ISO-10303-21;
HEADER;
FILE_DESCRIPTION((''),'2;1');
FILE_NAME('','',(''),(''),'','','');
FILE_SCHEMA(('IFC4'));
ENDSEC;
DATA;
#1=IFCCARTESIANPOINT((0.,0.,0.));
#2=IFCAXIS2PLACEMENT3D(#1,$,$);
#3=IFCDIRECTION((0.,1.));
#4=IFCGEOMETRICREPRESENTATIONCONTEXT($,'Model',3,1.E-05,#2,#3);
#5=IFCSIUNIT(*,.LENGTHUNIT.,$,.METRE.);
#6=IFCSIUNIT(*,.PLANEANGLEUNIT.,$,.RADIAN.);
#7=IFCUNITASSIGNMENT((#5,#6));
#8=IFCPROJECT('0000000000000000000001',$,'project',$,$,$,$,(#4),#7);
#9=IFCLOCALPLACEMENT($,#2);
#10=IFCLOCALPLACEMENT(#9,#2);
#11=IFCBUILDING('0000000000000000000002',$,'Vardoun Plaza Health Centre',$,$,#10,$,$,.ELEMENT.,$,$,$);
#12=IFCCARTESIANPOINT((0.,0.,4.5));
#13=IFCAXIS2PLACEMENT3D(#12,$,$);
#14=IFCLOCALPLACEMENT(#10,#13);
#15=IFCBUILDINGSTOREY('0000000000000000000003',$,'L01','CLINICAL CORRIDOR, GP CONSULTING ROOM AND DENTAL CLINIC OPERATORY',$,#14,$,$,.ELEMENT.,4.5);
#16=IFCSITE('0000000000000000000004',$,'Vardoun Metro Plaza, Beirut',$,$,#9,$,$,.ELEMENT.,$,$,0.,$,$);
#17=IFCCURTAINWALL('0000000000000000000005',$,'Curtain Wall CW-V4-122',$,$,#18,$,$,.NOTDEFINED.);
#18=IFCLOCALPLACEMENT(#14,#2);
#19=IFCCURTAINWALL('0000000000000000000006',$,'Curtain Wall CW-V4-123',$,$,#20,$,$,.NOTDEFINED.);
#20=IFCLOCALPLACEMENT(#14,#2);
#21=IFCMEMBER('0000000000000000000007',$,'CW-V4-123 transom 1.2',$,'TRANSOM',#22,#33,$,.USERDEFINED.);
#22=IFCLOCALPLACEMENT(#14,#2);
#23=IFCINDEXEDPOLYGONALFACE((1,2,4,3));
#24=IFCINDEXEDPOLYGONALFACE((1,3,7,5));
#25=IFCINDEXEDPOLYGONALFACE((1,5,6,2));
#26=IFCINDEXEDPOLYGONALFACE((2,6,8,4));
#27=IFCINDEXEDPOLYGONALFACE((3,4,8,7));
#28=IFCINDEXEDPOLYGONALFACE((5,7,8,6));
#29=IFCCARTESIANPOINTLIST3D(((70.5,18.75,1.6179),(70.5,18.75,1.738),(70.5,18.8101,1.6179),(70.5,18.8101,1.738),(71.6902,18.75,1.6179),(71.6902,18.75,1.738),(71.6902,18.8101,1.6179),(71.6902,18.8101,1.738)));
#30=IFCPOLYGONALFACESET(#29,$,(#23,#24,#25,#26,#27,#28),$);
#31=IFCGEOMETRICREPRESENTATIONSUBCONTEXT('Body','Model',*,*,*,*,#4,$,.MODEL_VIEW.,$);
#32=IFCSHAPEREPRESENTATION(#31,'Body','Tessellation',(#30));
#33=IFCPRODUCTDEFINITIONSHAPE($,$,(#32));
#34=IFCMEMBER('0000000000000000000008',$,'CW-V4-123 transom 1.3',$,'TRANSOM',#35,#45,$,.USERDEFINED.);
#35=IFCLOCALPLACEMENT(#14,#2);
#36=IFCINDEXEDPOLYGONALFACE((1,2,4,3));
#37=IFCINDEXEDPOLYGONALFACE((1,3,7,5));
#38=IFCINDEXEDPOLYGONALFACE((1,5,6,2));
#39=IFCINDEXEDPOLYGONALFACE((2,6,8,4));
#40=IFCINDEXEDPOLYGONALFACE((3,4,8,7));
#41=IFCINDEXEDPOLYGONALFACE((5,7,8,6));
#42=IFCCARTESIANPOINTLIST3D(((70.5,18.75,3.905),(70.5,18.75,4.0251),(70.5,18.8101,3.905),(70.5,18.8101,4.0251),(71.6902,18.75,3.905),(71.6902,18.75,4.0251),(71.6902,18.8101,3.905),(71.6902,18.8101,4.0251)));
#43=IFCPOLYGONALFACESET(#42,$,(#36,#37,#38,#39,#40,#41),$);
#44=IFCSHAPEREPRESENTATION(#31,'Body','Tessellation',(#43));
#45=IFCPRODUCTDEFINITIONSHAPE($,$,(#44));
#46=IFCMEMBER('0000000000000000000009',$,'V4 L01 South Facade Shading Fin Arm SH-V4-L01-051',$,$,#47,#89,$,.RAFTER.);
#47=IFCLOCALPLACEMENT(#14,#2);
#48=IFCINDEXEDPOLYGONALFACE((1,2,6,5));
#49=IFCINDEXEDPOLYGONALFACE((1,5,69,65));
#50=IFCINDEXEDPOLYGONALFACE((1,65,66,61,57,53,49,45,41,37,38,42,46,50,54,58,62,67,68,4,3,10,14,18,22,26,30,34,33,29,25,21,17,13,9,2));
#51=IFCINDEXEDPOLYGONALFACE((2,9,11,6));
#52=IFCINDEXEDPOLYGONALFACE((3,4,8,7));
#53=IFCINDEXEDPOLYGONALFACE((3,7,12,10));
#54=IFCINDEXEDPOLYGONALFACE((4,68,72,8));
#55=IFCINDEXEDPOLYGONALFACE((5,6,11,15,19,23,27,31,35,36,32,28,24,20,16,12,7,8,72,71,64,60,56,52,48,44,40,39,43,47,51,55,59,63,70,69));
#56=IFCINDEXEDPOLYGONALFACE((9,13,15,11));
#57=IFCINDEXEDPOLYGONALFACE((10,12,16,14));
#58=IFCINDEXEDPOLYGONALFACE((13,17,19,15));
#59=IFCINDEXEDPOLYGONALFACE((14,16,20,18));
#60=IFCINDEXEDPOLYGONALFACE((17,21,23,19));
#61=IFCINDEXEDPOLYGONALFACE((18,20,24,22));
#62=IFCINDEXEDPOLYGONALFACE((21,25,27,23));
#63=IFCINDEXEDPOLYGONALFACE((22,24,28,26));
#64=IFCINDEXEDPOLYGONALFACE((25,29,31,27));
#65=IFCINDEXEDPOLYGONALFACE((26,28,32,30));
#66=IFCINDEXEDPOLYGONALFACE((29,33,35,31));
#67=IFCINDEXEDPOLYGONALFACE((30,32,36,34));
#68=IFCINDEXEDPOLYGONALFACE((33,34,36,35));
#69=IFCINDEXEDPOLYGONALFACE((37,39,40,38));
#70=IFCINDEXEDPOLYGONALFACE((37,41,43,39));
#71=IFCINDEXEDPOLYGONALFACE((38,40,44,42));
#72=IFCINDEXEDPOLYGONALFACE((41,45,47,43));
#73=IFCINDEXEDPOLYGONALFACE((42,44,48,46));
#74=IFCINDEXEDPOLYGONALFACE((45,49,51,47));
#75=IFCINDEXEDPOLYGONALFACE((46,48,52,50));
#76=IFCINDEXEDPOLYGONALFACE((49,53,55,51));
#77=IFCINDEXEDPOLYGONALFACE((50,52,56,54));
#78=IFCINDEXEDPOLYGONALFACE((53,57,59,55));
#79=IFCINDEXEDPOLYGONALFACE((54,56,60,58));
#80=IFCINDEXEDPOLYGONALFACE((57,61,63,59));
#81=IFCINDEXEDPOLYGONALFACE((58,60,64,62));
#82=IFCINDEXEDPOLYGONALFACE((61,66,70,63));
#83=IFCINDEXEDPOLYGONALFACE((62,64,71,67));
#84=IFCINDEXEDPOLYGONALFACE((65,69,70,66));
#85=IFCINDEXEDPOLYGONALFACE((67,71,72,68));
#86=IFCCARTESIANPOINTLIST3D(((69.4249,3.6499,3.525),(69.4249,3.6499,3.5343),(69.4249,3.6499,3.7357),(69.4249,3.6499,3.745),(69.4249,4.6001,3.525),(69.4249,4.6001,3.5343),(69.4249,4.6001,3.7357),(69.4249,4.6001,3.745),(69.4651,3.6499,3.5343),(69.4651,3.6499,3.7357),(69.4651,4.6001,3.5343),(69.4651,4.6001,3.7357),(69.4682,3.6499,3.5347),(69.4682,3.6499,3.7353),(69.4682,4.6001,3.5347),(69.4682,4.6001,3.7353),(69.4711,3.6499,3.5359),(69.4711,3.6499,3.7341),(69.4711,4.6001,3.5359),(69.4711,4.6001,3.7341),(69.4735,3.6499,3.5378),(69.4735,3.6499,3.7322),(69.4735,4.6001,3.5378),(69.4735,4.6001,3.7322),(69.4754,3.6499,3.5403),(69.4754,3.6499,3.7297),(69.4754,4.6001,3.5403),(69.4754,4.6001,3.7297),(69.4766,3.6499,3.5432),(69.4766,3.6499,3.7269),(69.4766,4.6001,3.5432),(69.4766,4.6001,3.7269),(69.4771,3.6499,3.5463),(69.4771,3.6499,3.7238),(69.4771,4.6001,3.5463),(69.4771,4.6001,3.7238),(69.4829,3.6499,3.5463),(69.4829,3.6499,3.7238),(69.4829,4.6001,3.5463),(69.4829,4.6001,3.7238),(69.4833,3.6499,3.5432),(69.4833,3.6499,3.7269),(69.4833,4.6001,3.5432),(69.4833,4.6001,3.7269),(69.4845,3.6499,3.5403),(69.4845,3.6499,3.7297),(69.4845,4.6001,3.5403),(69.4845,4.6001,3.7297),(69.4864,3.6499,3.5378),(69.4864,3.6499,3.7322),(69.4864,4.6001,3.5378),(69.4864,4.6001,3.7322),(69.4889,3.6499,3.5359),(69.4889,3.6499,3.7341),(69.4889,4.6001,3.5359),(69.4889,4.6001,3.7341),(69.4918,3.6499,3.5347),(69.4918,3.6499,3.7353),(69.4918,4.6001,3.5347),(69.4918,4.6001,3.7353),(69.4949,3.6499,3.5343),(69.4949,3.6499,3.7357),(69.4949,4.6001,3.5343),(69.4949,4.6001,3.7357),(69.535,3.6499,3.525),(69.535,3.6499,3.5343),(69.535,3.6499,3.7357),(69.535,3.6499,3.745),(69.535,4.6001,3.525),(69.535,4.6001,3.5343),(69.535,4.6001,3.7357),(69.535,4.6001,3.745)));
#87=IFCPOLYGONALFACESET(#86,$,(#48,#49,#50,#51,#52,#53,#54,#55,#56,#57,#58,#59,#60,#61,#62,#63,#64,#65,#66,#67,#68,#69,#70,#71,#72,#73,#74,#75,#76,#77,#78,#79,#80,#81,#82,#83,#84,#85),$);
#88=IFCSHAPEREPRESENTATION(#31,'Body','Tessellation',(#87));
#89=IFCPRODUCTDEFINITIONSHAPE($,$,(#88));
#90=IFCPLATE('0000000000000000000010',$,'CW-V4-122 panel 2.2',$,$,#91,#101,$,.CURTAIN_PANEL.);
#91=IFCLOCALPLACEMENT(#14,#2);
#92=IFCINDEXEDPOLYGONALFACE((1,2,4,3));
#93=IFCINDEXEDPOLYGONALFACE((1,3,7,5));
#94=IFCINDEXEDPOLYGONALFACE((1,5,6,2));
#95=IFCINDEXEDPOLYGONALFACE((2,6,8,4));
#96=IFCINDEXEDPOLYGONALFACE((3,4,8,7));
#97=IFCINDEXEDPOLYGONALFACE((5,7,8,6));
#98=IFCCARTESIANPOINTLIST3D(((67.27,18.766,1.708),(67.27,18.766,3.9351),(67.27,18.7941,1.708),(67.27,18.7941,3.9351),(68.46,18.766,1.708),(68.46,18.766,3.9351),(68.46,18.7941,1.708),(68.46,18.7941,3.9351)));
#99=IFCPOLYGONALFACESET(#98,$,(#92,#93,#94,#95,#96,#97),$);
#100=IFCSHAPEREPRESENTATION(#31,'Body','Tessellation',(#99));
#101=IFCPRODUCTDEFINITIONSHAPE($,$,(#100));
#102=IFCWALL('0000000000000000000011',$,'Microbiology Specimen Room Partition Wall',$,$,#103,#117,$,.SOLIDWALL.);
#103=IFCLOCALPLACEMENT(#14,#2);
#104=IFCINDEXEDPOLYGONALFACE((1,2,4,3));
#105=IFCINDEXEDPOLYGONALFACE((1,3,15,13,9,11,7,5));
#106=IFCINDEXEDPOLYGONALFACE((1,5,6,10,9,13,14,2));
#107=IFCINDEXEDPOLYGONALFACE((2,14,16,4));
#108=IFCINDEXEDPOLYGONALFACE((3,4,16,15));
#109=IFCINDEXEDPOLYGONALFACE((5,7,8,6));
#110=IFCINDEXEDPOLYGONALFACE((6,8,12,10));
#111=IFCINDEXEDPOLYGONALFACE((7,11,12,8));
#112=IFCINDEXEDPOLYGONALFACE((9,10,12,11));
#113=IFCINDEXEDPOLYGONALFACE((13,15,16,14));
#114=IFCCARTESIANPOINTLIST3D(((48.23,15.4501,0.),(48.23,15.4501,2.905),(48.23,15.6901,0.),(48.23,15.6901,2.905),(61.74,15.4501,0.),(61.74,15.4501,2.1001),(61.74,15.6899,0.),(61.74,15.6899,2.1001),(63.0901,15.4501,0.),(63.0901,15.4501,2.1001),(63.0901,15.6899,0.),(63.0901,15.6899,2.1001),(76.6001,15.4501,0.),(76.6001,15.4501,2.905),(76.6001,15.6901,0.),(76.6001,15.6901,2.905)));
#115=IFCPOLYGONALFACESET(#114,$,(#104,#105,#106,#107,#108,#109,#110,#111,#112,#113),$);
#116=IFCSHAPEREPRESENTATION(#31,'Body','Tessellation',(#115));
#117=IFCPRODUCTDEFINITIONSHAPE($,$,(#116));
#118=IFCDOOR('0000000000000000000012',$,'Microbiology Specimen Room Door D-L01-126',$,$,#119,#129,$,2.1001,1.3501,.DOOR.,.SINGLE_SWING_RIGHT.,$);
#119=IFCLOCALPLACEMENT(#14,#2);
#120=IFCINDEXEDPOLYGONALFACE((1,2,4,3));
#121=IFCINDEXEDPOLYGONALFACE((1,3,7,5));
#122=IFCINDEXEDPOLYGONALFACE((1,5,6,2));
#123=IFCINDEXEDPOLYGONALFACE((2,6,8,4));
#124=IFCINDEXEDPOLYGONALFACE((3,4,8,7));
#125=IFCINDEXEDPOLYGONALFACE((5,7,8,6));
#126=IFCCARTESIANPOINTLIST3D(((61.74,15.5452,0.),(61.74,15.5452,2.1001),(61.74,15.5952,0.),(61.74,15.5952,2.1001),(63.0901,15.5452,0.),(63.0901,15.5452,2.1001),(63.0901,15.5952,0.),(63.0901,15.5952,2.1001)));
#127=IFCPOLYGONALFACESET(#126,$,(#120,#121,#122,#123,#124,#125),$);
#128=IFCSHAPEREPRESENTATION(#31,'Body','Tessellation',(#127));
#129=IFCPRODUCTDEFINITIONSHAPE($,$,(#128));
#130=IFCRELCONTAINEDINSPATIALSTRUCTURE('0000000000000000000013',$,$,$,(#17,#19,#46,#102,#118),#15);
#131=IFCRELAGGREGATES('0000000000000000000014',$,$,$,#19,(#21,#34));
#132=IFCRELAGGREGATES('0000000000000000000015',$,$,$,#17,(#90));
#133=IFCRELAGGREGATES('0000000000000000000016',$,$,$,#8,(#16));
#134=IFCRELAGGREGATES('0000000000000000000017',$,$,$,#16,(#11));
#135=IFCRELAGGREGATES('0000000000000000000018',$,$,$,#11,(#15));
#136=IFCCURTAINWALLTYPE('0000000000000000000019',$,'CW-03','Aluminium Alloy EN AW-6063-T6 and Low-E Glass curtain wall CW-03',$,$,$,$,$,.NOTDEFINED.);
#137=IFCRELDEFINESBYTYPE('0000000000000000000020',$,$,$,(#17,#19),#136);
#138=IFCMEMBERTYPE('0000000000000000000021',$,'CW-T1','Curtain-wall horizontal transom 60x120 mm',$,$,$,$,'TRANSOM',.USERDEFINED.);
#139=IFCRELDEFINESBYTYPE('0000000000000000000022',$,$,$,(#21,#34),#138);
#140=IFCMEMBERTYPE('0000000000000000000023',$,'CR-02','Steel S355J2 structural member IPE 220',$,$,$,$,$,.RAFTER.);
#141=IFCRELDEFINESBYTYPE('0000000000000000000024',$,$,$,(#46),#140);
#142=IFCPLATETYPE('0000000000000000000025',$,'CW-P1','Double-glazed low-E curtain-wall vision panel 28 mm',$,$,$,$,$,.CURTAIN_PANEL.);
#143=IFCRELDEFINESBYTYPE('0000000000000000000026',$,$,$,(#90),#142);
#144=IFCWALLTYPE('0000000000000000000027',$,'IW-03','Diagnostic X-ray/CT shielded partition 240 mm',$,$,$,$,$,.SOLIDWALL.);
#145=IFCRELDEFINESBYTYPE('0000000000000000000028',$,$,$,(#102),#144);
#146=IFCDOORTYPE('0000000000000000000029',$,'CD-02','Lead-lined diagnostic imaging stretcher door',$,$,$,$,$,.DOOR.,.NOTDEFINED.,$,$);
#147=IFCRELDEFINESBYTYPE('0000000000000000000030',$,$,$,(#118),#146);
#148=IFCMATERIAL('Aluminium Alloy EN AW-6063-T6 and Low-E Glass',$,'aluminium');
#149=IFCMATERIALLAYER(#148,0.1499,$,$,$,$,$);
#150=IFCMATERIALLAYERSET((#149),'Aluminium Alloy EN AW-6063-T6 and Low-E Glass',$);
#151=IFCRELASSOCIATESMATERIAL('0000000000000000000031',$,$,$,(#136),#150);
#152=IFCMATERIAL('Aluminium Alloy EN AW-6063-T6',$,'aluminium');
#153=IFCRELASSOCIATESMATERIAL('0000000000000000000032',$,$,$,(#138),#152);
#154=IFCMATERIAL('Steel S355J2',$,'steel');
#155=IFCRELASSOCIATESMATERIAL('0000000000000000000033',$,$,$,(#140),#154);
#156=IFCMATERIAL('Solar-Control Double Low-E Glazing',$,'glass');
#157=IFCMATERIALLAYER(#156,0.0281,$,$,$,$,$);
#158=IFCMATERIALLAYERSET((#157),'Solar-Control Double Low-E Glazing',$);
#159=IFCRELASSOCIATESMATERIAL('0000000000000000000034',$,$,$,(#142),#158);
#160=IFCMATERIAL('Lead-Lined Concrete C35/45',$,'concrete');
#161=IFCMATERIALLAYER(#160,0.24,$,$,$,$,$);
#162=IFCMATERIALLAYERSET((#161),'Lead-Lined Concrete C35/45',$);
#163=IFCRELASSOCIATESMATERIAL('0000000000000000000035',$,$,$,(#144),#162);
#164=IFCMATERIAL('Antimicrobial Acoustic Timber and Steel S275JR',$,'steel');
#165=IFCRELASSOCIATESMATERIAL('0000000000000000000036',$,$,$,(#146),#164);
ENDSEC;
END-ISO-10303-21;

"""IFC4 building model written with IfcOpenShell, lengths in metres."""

from ifc_helpers import new_model, si_unit, direction, frame, frame_2d, origin, origin_2d, place, context, subcontext, project, spatial, rectangle, i_section, extrude, material, layer, layer_set, material_profile, profile_set, type_object, element, fill, aggregate, save


model = new_model("IFC4")

# Units and contexts
model_context = context("Model", 3, precision=1e-05, world=origin(), true_north=direction((0.0, 1.0)))
body_context = subcontext(model_context, "Body", "Model", "MODEL_VIEW")
ifc_project = project(units=[si_unit("LENGTHUNIT", "METRE"), si_unit("PLANEANGLEUNIT", "RADIAN")], contexts=[model_context])

# Site, building, storey
site_placement = place(None, origin())
site = spatial("IfcSite", under=ifc_project, at=site_placement, Name="Vardoun Metro Plaza, Beirut", CompositionType="ELEMENT", RefElevation=0.0)
building_placement = place(site_placement, origin())
building = spatial("IfcBuilding", under=site, at=building_placement, Name="Vardoun Plaza Health Centre", CompositionType="ELEMENT")
storey_placement = place(building_placement, frame((0.0, 0.0, 4.5)))
storey = spatial("IfcBuildingStorey", under=building, at=storey_placement, Name="L01", Description="CLINICAL CORRIDOR, GP CONSULTING ROOM AND DENTAL CLINIC OPERATORY", CompositionType="ELEMENT", Elevation=4.5)

# Curtain wall
ifc_material_1 = material(Name="Aluminium Alloy EN AW-6063-T6 and Low-E Glass", Category="aluminium")
ifc_layer_1 = layer(ifc_material_1, 0.1499)
ifc_layer_set_1 = layer_set([ifc_layer_1], Name="Aluminium Alloy EN AW-6063-T6 and Low-E Glass")
curtain_wall_type = type_object("IfcCurtainWallType", Name="CW-03", Description="Aluminium Alloy EN AW-6063-T6 and Low-E Glass curtain wall CW-03", PredefinedType="NOTDEFINED", material=ifc_layer_set_1)
curtain_wall_1_placement = place(storey_placement, origin())
curtain_wall_1 = element("IfcCurtainWall", 1, at=curtain_wall_1_placement, inside=storey, type_object=curtain_wall_type, Name="Curtain Wall CW-V4-122", PredefinedType="NOTDEFINED")

# Curtain wall, members
curtain_wall_2_placement = place(storey_placement, origin())
curtain_wall_2 = element("IfcCurtainWall", 2, at=curtain_wall_2_placement, inside=storey, type_object=curtain_wall_type, Name="Curtain Wall CW-V4-123", PredefinedType="NOTDEFINED")
ifc_material_2 = material(Name="Aluminium Alloy EN AW-6063-T6", Category="aluminium")
ifc_material_profile_1 = material_profile(ifc_material_2, rectangle(XDim=0.0601, YDim=0.1201, at=origin_2d()), Name="CWT 60x120")
ifc_profile_set_1 = profile_set([ifc_material_profile_1], Name="Aluminium Alloy EN AW-6063-T6")
member_type_1 = type_object("IfcMemberType", Name="CW-T1", Description="Curtain-wall horizontal transom 60x120 mm", ElementType="TRANSOM", PredefinedType="USERDEFINED", material=ifc_profile_set_1)
member_1_placement = place(storey_placement, frame((70.5, 18.78, 1.678), z_axis=(1.0, 0.0, 0.0), x_axis=(0.0, 1.0, 0.0)))
member_1 = element("IfcMember", 3, at=member_1_placement, type_object=member_type_1, Name="CW-V4-123 transom 1.2", ObjectType="TRANSOM", PredefinedType="USERDEFINED", context=body_context, shape_type="SweptSolid", body=[
    extrude(rectangle(XDim=0.0601, YDim=0.1201, at=origin_2d()), origin(), (0.0, 0.0, 1.0), 1.1902),
])
member_2_placement = place(storey_placement, frame((70.5, 18.78, 3.9651), z_axis=(1.0, 0.0, 0.0), x_axis=(0.0, 1.0, 0.0)))
member_2 = element("IfcMember", 4, at=member_2_placement, type_object=member_type_1, Name="CW-V4-123 transom 1.3", ObjectType="TRANSOM", PredefinedType="USERDEFINED", context=body_context, shape_type="SweptSolid", body=[
    extrude(rectangle(XDim=0.0601, YDim=0.1201, at=origin_2d()), origin(), (0.0, 0.0, 1.0), 1.1902),
])
aggregate(curtain_wall_2, [member_1, member_2])

# Member
ifc_material_3 = material(Name="Steel S355J2", Category="steel")
ifc_material_profile_2 = material_profile(ifc_material_3, i_section(OverallWidth=0.1101, OverallDepth=0.22, WebThickness=0.0059, FlangeThickness=0.0093, FilletRadius=0.012, at=origin_2d()), Name="IPE 220")
ifc_profile_set_2 = profile_set([ifc_material_profile_2], Name="Steel S355J2")
member_type_2 = type_object("IfcMemberType", Name="CR-02", Description="Steel S355J2 structural member IPE 220", PredefinedType="RAFTER", material=ifc_profile_set_2)
member_3_placement = place(storey_placement, frame((69.48, 4.6001, 3.635), z_axis=(0.0, -1.0, 0.0), x_axis=(1.0, 0.0, 0.0)))
element("IfcMember", 5, at=member_3_placement, inside=storey, type_object=member_type_2, Name="V4 L01 South Facade Shading Fin Arm SH-V4-L01-051", PredefinedType="RAFTER", context=body_context, shape_type="SweptSolid", body=[
    extrude(i_section(OverallWidth=0.1101, OverallDepth=0.22, WebThickness=0.0059, FlangeThickness=0.0093, FilletRadius=0.012, at=origin_2d()), origin(), (0.0, 0.0, 1.0), 0.9502),
])

# Plate
ifc_material_4 = material(Name="Solar-Control Double Low-E Glazing", Category="glass")
ifc_layer_2 = layer(ifc_material_4, 0.0281)
ifc_layer_set_2 = layer_set([ifc_layer_2], Name="Solar-Control Double Low-E Glazing")
plate_type = type_object("IfcPlateType", Name="CW-P1", Description="Double-glazed low-E curtain-wall vision panel 28 mm", PredefinedType="CURTAIN_PANEL", material=ifc_layer_set_2)
plate_placement = place(storey_placement, frame((67.865, 18.78, 1.708), z_axis=(0.0, 0.0, 1.0), x_axis=(1.0, 0.0, 0.0)))
plate = element("IfcPlate", 6, at=plate_placement, type_object=plate_type, Name="CW-V4-122 panel 2.2", PredefinedType="CURTAIN_PANEL", context=body_context, shape_type="SweptSolid", body=[
    extrude(rectangle(XDim=1.1899, YDim=0.0281, at=origin_2d()), origin(), (0.0, 0.0, 1.0), 2.2271),
])
aggregate(curtain_wall_1, [plate])

# Wall, opening, door
ifc_material_5 = material(Name="Lead-Lined Concrete C35/45", Category="concrete")
ifc_layer_3 = layer(ifc_material_5, 0.24)
ifc_layer_set_3 = layer_set([ifc_layer_3], Name="Lead-Lined Concrete C35/45")
wall_type_1 = type_object("IfcWallType", Name="IW-03", Description="Diagnostic X-ray/CT shielded partition 240 mm", PredefinedType="SOLIDWALL", material=ifc_layer_set_3)
wall_1_placement = place(storey_placement, frame((76.6001, 15.5701, 0.0), z_axis=(0.0, 0.0, 1.0), x_axis=(-1.0, 0.0, 0.0)))
wall_1 = element("IfcWall", 7, at=wall_1_placement, inside=storey, type_object=wall_type_1, Name="Microbiology Specimen Room Partition Wall", PredefinedType="SOLIDWALL", context=body_context, shape_type="SweptSolid", body=[
    extrude(rectangle(XDim=28.3701, YDim=0.24, at=frame_2d((14.1851, 0.0))), origin(), (0.0, 0.0, 1.0), 2.905),
])
opening_1_placement = place(wall_1_placement, frame((13.51, 0.0, 0.0)))
opening_1 = element("IfcOpeningElement", 8, at=opening_1_placement, cuts=wall_1, PredefinedType="OPENING", context=body_context, shape_type="SweptSolid", body=[
    extrude(rectangle(XDim=1.3501, YDim=2.1001, at=frame_2d((0.675, 1.05))), frame((0.0, 0.1201, 0.0), z_axis=(0.0, -1.0, 0.0), x_axis=(1.0, 0.0, 0.0)), (0.0, 0.0, 1.0), 0.24),
])
ifc_material_6 = material(Name="Antimicrobial Acoustic Timber and Steel S275JR", Category="steel")
door_type = type_object("IfcDoorType", Name="CD-02", Description="Lead-lined diagnostic imaging stretcher door", OperationType="NOTDEFINED", PredefinedType="DOOR", material=ifc_material_6)
door_placement = place(opening_1_placement, origin())
door = element("IfcDoor", 9, at=door_placement, inside=storey, type_object=door_type, Name="Microbiology Specimen Room Door D-L01-126", OperationType="SINGLE_SWING_RIGHT", OverallHeight=2.1001, OverallWidth=1.3501, PredefinedType="DOOR", context=body_context, shape_type="SweptSolid", body=[
    extrude(rectangle(XDim=1.3501, YDim=2.1001, at=frame_2d((0.675, 1.05))), frame((0.0, 0.0249, 0.0), z_axis=(0.0, -1.0, 0.0), x_axis=(1.0, 0.0, 0.0)), (0.0, 0.0, 1.0), 0.05),
])
fill(opening_1, door)

save(model, "model.ifc")
